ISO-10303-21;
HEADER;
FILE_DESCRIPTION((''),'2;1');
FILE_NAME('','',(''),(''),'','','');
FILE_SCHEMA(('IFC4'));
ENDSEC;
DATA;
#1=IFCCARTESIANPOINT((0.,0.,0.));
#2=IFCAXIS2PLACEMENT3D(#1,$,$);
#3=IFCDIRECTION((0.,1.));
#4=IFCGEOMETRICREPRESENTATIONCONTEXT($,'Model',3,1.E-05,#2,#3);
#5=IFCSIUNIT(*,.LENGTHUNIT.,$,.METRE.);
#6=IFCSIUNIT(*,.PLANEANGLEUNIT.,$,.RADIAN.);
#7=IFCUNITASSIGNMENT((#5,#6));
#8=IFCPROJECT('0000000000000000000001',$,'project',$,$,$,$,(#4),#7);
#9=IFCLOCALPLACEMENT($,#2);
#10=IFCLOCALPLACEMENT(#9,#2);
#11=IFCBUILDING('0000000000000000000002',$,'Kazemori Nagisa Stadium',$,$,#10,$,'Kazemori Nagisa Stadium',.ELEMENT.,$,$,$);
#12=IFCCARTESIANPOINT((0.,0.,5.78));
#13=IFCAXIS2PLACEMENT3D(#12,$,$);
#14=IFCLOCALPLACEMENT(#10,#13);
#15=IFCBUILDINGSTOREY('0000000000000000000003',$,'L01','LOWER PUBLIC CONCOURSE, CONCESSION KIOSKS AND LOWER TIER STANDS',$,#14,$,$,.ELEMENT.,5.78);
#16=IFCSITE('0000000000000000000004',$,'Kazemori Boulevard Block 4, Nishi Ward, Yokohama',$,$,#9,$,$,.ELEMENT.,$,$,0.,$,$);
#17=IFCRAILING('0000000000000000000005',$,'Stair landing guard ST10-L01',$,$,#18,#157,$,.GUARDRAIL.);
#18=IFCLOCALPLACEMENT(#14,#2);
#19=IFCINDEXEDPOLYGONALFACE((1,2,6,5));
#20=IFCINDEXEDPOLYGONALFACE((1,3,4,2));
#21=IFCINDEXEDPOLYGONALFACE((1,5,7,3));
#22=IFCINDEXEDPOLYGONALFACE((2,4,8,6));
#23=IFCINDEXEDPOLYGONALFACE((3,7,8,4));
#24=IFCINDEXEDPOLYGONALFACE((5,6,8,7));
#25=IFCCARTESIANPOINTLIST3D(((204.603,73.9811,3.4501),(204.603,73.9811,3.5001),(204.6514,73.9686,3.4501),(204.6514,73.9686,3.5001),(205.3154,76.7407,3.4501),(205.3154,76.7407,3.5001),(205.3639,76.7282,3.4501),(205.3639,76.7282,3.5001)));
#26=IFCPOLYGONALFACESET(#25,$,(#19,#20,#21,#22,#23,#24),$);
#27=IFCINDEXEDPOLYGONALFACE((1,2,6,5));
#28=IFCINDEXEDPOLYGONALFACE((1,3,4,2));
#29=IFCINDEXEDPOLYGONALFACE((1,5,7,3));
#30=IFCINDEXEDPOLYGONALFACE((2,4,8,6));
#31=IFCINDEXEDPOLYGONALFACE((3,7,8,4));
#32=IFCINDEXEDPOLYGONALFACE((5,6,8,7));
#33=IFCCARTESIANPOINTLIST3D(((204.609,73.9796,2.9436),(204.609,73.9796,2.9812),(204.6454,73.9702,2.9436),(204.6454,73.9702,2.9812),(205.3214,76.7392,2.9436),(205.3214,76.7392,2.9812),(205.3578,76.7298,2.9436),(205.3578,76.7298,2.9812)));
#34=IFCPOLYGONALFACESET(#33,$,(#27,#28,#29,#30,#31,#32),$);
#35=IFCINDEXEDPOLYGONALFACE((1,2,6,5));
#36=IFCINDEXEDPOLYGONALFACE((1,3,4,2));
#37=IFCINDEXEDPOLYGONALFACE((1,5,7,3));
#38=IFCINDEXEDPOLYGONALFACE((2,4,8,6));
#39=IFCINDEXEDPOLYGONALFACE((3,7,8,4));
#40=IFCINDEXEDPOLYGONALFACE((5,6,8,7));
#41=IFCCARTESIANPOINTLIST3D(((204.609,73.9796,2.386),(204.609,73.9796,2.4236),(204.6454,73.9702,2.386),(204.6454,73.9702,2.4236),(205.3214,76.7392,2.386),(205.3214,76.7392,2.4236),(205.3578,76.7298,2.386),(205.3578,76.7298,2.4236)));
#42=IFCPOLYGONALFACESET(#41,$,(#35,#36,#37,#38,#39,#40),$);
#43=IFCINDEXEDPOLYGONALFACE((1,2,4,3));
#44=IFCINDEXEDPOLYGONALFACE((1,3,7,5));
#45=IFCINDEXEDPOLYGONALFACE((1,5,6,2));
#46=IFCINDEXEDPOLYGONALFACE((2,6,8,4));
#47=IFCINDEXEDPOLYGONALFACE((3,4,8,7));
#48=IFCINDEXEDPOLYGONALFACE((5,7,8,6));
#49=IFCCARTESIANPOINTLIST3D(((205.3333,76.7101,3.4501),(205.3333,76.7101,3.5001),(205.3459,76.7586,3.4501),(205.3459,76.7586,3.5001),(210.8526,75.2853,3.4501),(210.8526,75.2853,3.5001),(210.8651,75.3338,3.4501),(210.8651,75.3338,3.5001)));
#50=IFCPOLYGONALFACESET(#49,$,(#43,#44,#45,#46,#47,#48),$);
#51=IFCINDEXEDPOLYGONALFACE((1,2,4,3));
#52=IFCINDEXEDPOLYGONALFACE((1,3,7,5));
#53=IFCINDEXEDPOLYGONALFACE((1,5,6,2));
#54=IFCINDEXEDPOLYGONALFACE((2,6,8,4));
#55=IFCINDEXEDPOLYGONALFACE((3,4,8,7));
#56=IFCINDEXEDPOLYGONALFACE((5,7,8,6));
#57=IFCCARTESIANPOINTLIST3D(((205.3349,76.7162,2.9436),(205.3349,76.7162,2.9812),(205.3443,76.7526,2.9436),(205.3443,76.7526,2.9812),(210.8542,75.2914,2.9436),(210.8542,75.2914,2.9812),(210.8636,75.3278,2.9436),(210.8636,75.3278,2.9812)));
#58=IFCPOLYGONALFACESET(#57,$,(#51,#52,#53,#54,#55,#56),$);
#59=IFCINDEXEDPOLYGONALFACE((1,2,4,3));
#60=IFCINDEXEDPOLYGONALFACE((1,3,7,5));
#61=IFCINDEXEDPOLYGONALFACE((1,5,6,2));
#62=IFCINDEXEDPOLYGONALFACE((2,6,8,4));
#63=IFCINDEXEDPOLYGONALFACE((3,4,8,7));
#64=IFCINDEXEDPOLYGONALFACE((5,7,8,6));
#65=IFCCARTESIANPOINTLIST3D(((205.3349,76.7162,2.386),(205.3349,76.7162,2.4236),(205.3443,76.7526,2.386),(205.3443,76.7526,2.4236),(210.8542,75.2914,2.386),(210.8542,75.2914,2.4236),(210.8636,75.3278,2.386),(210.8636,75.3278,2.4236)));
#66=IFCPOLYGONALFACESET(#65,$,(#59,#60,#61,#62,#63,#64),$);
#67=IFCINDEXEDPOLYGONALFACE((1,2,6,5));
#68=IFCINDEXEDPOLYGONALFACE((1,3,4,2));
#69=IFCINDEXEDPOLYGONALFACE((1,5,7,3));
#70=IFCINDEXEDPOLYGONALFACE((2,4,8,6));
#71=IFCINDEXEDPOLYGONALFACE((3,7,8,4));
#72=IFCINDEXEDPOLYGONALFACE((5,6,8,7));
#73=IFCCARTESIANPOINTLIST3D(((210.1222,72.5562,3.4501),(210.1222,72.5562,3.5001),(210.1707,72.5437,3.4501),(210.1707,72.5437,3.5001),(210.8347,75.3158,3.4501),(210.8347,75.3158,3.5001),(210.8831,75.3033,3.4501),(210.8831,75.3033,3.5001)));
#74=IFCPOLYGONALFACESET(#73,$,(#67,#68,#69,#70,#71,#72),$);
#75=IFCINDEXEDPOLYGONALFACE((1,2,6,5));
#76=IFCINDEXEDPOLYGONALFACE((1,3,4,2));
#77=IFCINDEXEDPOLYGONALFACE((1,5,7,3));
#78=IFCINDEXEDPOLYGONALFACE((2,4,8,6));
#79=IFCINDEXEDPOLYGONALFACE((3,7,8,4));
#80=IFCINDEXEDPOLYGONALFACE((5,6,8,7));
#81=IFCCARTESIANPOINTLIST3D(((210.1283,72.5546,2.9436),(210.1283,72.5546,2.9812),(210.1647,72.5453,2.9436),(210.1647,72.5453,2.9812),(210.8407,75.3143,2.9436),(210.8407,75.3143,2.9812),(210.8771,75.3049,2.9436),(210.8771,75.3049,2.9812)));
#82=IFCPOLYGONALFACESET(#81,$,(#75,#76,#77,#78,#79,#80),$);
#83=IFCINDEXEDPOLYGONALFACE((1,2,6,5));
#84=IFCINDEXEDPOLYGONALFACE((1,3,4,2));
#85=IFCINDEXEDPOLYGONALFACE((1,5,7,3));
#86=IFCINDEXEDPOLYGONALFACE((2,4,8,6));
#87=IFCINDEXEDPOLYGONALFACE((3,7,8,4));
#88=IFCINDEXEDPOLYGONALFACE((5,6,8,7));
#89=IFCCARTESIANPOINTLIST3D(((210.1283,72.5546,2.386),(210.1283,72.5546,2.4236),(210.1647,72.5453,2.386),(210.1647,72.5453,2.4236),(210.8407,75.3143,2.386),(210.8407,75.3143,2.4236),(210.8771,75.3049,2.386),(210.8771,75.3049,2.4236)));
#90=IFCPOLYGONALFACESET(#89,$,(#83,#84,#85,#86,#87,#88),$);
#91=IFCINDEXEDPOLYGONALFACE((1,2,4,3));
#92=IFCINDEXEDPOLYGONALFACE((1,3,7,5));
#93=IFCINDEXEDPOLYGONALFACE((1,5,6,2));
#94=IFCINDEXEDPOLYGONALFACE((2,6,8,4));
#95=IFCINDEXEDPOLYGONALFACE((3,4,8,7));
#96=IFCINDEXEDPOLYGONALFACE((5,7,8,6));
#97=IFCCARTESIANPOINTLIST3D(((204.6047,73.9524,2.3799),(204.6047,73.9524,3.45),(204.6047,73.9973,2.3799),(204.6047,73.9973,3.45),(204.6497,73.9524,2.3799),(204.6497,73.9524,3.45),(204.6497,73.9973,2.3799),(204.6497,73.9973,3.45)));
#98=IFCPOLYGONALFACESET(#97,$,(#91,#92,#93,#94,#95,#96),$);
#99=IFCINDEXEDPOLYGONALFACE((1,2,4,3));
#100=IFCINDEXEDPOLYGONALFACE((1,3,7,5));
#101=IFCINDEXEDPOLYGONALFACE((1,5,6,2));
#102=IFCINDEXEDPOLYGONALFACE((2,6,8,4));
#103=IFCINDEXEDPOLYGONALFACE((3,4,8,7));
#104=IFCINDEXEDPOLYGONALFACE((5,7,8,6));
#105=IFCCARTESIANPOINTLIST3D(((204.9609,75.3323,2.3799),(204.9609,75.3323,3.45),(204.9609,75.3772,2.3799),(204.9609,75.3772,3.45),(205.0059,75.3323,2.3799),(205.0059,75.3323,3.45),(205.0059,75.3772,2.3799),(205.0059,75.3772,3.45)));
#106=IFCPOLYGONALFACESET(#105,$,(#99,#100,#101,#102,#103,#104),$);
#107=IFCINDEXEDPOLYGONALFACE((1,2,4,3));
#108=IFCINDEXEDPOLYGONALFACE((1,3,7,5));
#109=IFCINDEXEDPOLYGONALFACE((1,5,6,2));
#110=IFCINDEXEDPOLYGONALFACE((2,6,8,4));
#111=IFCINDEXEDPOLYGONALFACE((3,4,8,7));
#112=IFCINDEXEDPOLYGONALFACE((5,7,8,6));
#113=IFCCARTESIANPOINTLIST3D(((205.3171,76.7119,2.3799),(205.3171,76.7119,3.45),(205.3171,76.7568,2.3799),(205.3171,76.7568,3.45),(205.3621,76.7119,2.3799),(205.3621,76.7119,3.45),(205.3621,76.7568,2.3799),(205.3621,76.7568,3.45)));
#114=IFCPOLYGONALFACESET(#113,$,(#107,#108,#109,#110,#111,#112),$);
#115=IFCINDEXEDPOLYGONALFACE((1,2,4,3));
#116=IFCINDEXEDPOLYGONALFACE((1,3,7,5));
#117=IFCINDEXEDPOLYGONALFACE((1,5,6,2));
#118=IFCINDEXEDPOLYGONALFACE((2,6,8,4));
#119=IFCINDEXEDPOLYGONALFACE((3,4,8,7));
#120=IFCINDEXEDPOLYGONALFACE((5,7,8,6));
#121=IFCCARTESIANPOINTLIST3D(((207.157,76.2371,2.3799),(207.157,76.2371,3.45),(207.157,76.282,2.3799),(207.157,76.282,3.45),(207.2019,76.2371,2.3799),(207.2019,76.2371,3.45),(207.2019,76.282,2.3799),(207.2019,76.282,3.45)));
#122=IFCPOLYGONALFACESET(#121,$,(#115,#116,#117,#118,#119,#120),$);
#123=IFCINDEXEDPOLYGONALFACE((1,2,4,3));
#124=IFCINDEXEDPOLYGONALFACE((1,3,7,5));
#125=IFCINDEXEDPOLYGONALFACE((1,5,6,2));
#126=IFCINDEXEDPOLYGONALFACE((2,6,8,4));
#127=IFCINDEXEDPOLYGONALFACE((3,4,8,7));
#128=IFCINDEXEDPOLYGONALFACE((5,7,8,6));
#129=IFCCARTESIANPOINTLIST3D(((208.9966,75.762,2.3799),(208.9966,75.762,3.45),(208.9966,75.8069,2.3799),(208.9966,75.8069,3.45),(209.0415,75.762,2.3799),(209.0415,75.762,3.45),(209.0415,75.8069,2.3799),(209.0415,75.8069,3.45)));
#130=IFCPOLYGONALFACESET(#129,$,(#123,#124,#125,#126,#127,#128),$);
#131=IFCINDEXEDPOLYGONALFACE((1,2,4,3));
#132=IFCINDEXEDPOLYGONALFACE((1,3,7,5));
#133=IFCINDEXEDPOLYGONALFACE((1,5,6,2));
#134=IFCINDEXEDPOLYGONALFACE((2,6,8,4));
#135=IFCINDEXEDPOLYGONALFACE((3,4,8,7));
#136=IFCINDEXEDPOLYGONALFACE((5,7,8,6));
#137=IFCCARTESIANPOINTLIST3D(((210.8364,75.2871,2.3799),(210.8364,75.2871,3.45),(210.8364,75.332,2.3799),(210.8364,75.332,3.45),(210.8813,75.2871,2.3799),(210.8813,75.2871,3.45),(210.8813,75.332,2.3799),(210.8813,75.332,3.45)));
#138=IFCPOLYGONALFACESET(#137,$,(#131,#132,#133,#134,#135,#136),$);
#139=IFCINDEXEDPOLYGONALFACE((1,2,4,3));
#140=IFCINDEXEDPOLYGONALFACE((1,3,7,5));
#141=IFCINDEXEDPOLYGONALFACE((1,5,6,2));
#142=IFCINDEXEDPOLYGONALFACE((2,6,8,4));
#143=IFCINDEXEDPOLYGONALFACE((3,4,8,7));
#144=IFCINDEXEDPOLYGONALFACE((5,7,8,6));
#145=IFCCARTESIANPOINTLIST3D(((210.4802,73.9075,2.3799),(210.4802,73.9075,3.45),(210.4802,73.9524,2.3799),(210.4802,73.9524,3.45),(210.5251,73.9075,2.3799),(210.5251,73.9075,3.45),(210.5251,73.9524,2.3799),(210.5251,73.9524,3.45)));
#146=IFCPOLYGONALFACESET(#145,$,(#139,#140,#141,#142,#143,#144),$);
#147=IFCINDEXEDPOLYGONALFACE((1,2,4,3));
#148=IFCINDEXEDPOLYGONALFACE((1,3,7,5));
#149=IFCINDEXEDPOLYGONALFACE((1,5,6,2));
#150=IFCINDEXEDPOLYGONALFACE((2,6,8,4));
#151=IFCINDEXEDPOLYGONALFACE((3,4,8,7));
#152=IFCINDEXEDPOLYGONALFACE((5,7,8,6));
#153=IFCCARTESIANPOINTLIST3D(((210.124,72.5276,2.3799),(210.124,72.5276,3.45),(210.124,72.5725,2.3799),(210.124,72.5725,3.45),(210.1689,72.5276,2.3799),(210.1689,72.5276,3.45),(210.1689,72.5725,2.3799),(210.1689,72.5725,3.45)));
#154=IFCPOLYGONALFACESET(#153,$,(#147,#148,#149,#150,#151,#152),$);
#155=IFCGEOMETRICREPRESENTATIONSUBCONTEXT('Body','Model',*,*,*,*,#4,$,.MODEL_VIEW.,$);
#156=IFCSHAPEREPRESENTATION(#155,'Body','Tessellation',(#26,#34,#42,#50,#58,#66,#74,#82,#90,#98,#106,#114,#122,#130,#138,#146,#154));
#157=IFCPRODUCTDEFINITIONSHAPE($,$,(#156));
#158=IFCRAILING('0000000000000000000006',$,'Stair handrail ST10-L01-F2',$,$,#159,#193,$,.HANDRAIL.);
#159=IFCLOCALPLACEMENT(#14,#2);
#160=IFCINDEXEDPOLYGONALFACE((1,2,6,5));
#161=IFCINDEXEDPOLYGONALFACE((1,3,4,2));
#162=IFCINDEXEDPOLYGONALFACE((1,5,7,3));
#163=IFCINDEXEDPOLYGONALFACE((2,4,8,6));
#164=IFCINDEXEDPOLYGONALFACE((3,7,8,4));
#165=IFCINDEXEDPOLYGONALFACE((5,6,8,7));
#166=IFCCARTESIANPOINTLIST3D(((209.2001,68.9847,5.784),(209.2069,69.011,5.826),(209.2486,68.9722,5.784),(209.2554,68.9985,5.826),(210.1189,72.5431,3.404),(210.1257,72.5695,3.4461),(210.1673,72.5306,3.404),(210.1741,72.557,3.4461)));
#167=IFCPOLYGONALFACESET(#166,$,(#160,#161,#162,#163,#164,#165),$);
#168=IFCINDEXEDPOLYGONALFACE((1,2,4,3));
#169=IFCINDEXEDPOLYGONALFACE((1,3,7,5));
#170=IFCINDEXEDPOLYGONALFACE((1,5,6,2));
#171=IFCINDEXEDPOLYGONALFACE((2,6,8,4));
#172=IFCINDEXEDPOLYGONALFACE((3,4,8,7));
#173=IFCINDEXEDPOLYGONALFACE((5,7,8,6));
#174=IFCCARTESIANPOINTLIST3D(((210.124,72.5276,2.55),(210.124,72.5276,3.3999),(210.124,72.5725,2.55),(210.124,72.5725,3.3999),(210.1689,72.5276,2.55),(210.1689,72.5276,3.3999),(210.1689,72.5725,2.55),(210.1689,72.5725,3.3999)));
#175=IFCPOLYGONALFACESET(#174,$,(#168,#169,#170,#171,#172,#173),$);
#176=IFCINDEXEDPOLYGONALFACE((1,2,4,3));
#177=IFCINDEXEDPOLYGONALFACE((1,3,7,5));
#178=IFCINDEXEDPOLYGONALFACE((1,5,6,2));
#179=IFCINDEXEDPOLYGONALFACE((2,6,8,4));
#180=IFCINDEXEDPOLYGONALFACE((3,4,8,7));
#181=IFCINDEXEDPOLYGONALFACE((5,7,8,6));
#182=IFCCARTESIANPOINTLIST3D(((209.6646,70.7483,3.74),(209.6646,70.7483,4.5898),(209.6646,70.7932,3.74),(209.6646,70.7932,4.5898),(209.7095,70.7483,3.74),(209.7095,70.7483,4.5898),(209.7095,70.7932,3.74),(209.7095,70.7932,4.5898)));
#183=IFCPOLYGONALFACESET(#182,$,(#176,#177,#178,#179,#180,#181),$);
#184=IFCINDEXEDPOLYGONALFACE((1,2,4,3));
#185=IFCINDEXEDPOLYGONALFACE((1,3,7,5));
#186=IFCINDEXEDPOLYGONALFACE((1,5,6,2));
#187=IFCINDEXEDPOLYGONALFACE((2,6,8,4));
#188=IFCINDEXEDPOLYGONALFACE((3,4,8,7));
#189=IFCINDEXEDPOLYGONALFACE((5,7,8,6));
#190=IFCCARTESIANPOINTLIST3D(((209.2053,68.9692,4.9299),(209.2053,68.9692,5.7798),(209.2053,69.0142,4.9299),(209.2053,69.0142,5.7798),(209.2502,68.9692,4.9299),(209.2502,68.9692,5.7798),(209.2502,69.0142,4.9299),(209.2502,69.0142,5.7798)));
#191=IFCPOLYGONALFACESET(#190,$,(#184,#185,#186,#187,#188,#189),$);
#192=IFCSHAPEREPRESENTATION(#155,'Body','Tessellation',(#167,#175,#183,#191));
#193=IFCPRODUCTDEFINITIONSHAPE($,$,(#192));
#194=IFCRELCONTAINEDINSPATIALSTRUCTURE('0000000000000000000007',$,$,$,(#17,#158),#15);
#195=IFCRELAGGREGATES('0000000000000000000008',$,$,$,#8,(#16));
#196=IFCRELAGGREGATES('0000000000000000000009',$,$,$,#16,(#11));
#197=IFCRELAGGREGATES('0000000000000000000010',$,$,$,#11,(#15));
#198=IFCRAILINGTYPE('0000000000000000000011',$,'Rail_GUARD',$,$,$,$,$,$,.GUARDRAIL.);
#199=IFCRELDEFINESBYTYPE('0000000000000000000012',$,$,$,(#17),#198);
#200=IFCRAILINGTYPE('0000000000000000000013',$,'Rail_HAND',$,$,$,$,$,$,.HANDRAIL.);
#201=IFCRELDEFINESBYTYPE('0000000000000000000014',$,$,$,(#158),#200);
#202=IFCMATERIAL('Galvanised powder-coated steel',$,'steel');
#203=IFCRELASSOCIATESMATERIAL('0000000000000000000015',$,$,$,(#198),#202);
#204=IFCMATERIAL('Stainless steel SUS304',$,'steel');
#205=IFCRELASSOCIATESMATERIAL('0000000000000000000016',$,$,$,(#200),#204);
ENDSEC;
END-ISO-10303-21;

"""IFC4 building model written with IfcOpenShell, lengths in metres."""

from ifc_helpers import new_model, si_unit, direction, frame, origin, origin_2d, place, context, subcontext, project, spatial, rectangle, extrude, material, type_object, element, save


model = new_model("IFC4")

# Units and contexts
model_context = context("Model", 3, precision=1e-05, world=origin(), true_north=direction((0.0, 1.0)))
body_context = subcontext(model_context, "Body", "Model", "MODEL_VIEW")
ifc_project = project(units=[si_unit("LENGTHUNIT", "METRE"), si_unit("PLANEANGLEUNIT", "RADIAN")], contexts=[model_context])

# Site, building, storey
site_placement = place(None, origin())
site = spatial("IfcSite", under=ifc_project, at=site_placement, Name="Kazemori Boulevard Block 4, Nishi Ward, Yokohama", CompositionType="ELEMENT", RefElevation=0.0)
building_placement = place(site_placement, origin())
building = spatial("IfcBuilding", under=site, at=building_placement, Name="Kazemori Nagisa Stadium", LongName="Kazemori Nagisa Stadium", CompositionType="ELEMENT")
storey_placement = place(building_placement, frame((0.0, 0.0, 5.78)))
storey = spatial("IfcBuildingStorey", under=building, at=storey_placement, Name="L01", Description="LOWER PUBLIC CONCOURSE, CONCESSION KIOSKS AND LOWER TIER STANDS", CompositionType="ELEMENT", Elevation=5.78)

# Shared definitions
ifc_material_1 = material(Name="Stainless steel SUS304", Category="steel")

# Railings
ifc_material_2 = material(Name="Galvanised powder-coated steel", Category="steel")
railing_type_1 = type_object("IfcRailingType", Name="Rail_GUARD", PredefinedType="GUARDRAIL", material=ifc_material_2)
railing_1_placement = place(storey_placement, frame((204.6272, 73.9749, 2.3799)))
element("IfcRailing", 1, at=railing_1_placement, inside=storey, type_object=railing_type_1, Name="Stair landing guard ST10-L01", PredefinedType="GUARDRAIL", context=body_context, shape_type="SweptSolid", body=[
    extrude(rectangle(XDim=0.05, YDim=0.05, at=origin_2d()), frame((0.0, 0.0, 1.0952), z_axis=(0.249966, 0.968255, 0.0), x_axis=(-0.968255, 0.249966, 0.0)), (0.0, 0.0, 1.0), 2.8501),
    extrude(rectangle(XDim=0.0376, YDim=0.0376, at=origin_2d()), frame((0.0, 0.0, 0.5825), z_axis=(0.249966, 0.968255, 0.0), x_axis=(-0.968255, 0.249966, 0.0)), (0.0, 0.0, 1.0), 2.8501),
    extrude(rectangle(XDim=0.0376, YDim=0.0376, at=origin_2d()), frame((0.0, 0.0, 0.0249), z_axis=(0.249966, 0.968255, 0.0), x_axis=(-0.968255, 0.249966, 0.0)), (0.0, 0.0, 1.0), 2.8501),
    extrude(rectangle(XDim=0.05, YDim=0.05, at=origin_2d()), frame((0.7124, 2.7595, 1.0952), z_axis=(0.968257, -0.249956, 0.0), x_axis=(0.249956, 0.968257, 0.0)), (0.0, 0.0, 1.0), 5.7002),
    extrude(rectangle(XDim=0.0376, YDim=0.0376, at=origin_2d()), frame((0.7124, 2.7595, 0.5825), z_axis=(0.968257, -0.249956, 0.0), x_axis=(0.249956, 0.968257, 0.0)), (0.0, 0.0, 1.0), 5.7002),
    extrude(rectangle(XDim=0.0376, YDim=0.0376, at=origin_2d()), frame((0.7124, 2.7595, 0.0249), z_axis=(0.968257, -0.249956, 0.0), x_axis=(0.249956, 0.968257, 0.0)), (0.0, 0.0, 1.0), 5.7002),
    extrude(rectangle(XDim=0.05, YDim=0.05, at=origin_2d()), frame((6.2317, 1.3347, 1.0952), z_axis=(-0.249966, -0.968255, 0.0), x_axis=(0.968255, -0.249966, 0.0)), (0.0, 0.0, 1.0), 2.8501),
    extrude(rectangle(XDim=0.0376, YDim=0.0376, at=origin_2d()), frame((6.2317, 1.3347, 0.5825), z_axis=(-0.249966, -0.968255, 0.0), x_axis=(0.968255, -0.249966, 0.0)), (0.0, 0.0, 1.0), 2.8501),
    extrude(rectangle(XDim=0.0376, YDim=0.0376, at=origin_2d()), frame((6.2317, 1.3347, 0.0249), z_axis=(-0.249966, -0.968255, 0.0), x_axis=(0.968255, -0.249966, 0.0)), (0.0, 0.0, 1.0), 2.8501),
    extrude(rectangle(XDim=0.0449, YDim=0.0449, at=origin_2d()), origin(), (0.0, 0.0, 1.0), 1.0701),
    extrude(rectangle(XDim=0.0449, YDim=0.0449, at=origin_2d()), frame((0.3562, 1.3799, 0.0)), (0.0, 0.0, 1.0), 1.0701),
    extrude(rectangle(XDim=0.0449, YDim=0.0449, at=origin_2d()), frame((0.7124, 2.7595, 0.0)), (0.0, 0.0, 1.0), 1.0701),
    extrude(rectangle(XDim=0.0449, YDim=0.0449, at=origin_2d()), frame((2.5522, 2.2847, 0.0)), (0.0, 0.0, 1.0), 1.0701),
    extrude(rectangle(XDim=0.0449, YDim=0.0449, at=origin_2d()), frame((4.3918, 1.8096, 0.0)), (0.0, 0.0, 1.0), 1.0701),
    extrude(rectangle(XDim=0.0449, YDim=0.0449, at=origin_2d()), frame((6.2317, 1.3347, 0.0)), (0.0, 0.0, 1.0), 1.0701),
    extrude(rectangle(XDim=0.0449, YDim=0.0449, at=origin_2d()), frame((5.8755, -0.0449, 0.0)), (0.0, 0.0, 1.0), 1.0701),
    extrude(rectangle(XDim=0.0449, YDim=0.0449, at=origin_2d()), frame((5.5193, -1.4248, 0.0)), (0.0, 0.0, 1.0), 1.0701),
])
railing_type_2 = type_object("IfcRailingType", Name="Rail_HAND", PredefinedType="HANDRAIL", material=ifc_material_1)
railing_2_placement = place(storey_placement, frame((210.1465, 72.55, 2.55)))
element("IfcRailing", 2, at=railing_2_placement, inside=storey, type_object=railing_type_2, Name="Stair handrail ST10-L01-F2", PredefinedType="HANDRAIL", context=body_context, shape_type="SweptSolid", body=[
    extrude(rectangle(XDim=0.05, YDim=0.05, at=origin_2d()), frame((0.0, 0.0, 0.875), z_axis=(-0.209829, -0.81272, 0.54356), x_axis=(0.96825, -0.249985, 0.0)), (0.0, 0.0, 1.0), 4.3784),
    extrude(rectangle(XDim=0.0449, YDim=0.0449, at=origin_2d()), origin(), (0.0, 0.0, 1.0), 0.8499),
    extrude(rectangle(XDim=0.0449, YDim=0.0449, at=origin_2d()), frame((-0.4595, -1.7793, 1.1899)), (0.0, 0.0, 1.0), 0.8499),
    extrude(rectangle(XDim=0.0449, YDim=0.0449, at=origin_2d()), frame((-0.9187, -3.5583, 2.3799)), (0.0, 0.0, 1.0), 0.8499),
])

save(model, "model.ifc")
